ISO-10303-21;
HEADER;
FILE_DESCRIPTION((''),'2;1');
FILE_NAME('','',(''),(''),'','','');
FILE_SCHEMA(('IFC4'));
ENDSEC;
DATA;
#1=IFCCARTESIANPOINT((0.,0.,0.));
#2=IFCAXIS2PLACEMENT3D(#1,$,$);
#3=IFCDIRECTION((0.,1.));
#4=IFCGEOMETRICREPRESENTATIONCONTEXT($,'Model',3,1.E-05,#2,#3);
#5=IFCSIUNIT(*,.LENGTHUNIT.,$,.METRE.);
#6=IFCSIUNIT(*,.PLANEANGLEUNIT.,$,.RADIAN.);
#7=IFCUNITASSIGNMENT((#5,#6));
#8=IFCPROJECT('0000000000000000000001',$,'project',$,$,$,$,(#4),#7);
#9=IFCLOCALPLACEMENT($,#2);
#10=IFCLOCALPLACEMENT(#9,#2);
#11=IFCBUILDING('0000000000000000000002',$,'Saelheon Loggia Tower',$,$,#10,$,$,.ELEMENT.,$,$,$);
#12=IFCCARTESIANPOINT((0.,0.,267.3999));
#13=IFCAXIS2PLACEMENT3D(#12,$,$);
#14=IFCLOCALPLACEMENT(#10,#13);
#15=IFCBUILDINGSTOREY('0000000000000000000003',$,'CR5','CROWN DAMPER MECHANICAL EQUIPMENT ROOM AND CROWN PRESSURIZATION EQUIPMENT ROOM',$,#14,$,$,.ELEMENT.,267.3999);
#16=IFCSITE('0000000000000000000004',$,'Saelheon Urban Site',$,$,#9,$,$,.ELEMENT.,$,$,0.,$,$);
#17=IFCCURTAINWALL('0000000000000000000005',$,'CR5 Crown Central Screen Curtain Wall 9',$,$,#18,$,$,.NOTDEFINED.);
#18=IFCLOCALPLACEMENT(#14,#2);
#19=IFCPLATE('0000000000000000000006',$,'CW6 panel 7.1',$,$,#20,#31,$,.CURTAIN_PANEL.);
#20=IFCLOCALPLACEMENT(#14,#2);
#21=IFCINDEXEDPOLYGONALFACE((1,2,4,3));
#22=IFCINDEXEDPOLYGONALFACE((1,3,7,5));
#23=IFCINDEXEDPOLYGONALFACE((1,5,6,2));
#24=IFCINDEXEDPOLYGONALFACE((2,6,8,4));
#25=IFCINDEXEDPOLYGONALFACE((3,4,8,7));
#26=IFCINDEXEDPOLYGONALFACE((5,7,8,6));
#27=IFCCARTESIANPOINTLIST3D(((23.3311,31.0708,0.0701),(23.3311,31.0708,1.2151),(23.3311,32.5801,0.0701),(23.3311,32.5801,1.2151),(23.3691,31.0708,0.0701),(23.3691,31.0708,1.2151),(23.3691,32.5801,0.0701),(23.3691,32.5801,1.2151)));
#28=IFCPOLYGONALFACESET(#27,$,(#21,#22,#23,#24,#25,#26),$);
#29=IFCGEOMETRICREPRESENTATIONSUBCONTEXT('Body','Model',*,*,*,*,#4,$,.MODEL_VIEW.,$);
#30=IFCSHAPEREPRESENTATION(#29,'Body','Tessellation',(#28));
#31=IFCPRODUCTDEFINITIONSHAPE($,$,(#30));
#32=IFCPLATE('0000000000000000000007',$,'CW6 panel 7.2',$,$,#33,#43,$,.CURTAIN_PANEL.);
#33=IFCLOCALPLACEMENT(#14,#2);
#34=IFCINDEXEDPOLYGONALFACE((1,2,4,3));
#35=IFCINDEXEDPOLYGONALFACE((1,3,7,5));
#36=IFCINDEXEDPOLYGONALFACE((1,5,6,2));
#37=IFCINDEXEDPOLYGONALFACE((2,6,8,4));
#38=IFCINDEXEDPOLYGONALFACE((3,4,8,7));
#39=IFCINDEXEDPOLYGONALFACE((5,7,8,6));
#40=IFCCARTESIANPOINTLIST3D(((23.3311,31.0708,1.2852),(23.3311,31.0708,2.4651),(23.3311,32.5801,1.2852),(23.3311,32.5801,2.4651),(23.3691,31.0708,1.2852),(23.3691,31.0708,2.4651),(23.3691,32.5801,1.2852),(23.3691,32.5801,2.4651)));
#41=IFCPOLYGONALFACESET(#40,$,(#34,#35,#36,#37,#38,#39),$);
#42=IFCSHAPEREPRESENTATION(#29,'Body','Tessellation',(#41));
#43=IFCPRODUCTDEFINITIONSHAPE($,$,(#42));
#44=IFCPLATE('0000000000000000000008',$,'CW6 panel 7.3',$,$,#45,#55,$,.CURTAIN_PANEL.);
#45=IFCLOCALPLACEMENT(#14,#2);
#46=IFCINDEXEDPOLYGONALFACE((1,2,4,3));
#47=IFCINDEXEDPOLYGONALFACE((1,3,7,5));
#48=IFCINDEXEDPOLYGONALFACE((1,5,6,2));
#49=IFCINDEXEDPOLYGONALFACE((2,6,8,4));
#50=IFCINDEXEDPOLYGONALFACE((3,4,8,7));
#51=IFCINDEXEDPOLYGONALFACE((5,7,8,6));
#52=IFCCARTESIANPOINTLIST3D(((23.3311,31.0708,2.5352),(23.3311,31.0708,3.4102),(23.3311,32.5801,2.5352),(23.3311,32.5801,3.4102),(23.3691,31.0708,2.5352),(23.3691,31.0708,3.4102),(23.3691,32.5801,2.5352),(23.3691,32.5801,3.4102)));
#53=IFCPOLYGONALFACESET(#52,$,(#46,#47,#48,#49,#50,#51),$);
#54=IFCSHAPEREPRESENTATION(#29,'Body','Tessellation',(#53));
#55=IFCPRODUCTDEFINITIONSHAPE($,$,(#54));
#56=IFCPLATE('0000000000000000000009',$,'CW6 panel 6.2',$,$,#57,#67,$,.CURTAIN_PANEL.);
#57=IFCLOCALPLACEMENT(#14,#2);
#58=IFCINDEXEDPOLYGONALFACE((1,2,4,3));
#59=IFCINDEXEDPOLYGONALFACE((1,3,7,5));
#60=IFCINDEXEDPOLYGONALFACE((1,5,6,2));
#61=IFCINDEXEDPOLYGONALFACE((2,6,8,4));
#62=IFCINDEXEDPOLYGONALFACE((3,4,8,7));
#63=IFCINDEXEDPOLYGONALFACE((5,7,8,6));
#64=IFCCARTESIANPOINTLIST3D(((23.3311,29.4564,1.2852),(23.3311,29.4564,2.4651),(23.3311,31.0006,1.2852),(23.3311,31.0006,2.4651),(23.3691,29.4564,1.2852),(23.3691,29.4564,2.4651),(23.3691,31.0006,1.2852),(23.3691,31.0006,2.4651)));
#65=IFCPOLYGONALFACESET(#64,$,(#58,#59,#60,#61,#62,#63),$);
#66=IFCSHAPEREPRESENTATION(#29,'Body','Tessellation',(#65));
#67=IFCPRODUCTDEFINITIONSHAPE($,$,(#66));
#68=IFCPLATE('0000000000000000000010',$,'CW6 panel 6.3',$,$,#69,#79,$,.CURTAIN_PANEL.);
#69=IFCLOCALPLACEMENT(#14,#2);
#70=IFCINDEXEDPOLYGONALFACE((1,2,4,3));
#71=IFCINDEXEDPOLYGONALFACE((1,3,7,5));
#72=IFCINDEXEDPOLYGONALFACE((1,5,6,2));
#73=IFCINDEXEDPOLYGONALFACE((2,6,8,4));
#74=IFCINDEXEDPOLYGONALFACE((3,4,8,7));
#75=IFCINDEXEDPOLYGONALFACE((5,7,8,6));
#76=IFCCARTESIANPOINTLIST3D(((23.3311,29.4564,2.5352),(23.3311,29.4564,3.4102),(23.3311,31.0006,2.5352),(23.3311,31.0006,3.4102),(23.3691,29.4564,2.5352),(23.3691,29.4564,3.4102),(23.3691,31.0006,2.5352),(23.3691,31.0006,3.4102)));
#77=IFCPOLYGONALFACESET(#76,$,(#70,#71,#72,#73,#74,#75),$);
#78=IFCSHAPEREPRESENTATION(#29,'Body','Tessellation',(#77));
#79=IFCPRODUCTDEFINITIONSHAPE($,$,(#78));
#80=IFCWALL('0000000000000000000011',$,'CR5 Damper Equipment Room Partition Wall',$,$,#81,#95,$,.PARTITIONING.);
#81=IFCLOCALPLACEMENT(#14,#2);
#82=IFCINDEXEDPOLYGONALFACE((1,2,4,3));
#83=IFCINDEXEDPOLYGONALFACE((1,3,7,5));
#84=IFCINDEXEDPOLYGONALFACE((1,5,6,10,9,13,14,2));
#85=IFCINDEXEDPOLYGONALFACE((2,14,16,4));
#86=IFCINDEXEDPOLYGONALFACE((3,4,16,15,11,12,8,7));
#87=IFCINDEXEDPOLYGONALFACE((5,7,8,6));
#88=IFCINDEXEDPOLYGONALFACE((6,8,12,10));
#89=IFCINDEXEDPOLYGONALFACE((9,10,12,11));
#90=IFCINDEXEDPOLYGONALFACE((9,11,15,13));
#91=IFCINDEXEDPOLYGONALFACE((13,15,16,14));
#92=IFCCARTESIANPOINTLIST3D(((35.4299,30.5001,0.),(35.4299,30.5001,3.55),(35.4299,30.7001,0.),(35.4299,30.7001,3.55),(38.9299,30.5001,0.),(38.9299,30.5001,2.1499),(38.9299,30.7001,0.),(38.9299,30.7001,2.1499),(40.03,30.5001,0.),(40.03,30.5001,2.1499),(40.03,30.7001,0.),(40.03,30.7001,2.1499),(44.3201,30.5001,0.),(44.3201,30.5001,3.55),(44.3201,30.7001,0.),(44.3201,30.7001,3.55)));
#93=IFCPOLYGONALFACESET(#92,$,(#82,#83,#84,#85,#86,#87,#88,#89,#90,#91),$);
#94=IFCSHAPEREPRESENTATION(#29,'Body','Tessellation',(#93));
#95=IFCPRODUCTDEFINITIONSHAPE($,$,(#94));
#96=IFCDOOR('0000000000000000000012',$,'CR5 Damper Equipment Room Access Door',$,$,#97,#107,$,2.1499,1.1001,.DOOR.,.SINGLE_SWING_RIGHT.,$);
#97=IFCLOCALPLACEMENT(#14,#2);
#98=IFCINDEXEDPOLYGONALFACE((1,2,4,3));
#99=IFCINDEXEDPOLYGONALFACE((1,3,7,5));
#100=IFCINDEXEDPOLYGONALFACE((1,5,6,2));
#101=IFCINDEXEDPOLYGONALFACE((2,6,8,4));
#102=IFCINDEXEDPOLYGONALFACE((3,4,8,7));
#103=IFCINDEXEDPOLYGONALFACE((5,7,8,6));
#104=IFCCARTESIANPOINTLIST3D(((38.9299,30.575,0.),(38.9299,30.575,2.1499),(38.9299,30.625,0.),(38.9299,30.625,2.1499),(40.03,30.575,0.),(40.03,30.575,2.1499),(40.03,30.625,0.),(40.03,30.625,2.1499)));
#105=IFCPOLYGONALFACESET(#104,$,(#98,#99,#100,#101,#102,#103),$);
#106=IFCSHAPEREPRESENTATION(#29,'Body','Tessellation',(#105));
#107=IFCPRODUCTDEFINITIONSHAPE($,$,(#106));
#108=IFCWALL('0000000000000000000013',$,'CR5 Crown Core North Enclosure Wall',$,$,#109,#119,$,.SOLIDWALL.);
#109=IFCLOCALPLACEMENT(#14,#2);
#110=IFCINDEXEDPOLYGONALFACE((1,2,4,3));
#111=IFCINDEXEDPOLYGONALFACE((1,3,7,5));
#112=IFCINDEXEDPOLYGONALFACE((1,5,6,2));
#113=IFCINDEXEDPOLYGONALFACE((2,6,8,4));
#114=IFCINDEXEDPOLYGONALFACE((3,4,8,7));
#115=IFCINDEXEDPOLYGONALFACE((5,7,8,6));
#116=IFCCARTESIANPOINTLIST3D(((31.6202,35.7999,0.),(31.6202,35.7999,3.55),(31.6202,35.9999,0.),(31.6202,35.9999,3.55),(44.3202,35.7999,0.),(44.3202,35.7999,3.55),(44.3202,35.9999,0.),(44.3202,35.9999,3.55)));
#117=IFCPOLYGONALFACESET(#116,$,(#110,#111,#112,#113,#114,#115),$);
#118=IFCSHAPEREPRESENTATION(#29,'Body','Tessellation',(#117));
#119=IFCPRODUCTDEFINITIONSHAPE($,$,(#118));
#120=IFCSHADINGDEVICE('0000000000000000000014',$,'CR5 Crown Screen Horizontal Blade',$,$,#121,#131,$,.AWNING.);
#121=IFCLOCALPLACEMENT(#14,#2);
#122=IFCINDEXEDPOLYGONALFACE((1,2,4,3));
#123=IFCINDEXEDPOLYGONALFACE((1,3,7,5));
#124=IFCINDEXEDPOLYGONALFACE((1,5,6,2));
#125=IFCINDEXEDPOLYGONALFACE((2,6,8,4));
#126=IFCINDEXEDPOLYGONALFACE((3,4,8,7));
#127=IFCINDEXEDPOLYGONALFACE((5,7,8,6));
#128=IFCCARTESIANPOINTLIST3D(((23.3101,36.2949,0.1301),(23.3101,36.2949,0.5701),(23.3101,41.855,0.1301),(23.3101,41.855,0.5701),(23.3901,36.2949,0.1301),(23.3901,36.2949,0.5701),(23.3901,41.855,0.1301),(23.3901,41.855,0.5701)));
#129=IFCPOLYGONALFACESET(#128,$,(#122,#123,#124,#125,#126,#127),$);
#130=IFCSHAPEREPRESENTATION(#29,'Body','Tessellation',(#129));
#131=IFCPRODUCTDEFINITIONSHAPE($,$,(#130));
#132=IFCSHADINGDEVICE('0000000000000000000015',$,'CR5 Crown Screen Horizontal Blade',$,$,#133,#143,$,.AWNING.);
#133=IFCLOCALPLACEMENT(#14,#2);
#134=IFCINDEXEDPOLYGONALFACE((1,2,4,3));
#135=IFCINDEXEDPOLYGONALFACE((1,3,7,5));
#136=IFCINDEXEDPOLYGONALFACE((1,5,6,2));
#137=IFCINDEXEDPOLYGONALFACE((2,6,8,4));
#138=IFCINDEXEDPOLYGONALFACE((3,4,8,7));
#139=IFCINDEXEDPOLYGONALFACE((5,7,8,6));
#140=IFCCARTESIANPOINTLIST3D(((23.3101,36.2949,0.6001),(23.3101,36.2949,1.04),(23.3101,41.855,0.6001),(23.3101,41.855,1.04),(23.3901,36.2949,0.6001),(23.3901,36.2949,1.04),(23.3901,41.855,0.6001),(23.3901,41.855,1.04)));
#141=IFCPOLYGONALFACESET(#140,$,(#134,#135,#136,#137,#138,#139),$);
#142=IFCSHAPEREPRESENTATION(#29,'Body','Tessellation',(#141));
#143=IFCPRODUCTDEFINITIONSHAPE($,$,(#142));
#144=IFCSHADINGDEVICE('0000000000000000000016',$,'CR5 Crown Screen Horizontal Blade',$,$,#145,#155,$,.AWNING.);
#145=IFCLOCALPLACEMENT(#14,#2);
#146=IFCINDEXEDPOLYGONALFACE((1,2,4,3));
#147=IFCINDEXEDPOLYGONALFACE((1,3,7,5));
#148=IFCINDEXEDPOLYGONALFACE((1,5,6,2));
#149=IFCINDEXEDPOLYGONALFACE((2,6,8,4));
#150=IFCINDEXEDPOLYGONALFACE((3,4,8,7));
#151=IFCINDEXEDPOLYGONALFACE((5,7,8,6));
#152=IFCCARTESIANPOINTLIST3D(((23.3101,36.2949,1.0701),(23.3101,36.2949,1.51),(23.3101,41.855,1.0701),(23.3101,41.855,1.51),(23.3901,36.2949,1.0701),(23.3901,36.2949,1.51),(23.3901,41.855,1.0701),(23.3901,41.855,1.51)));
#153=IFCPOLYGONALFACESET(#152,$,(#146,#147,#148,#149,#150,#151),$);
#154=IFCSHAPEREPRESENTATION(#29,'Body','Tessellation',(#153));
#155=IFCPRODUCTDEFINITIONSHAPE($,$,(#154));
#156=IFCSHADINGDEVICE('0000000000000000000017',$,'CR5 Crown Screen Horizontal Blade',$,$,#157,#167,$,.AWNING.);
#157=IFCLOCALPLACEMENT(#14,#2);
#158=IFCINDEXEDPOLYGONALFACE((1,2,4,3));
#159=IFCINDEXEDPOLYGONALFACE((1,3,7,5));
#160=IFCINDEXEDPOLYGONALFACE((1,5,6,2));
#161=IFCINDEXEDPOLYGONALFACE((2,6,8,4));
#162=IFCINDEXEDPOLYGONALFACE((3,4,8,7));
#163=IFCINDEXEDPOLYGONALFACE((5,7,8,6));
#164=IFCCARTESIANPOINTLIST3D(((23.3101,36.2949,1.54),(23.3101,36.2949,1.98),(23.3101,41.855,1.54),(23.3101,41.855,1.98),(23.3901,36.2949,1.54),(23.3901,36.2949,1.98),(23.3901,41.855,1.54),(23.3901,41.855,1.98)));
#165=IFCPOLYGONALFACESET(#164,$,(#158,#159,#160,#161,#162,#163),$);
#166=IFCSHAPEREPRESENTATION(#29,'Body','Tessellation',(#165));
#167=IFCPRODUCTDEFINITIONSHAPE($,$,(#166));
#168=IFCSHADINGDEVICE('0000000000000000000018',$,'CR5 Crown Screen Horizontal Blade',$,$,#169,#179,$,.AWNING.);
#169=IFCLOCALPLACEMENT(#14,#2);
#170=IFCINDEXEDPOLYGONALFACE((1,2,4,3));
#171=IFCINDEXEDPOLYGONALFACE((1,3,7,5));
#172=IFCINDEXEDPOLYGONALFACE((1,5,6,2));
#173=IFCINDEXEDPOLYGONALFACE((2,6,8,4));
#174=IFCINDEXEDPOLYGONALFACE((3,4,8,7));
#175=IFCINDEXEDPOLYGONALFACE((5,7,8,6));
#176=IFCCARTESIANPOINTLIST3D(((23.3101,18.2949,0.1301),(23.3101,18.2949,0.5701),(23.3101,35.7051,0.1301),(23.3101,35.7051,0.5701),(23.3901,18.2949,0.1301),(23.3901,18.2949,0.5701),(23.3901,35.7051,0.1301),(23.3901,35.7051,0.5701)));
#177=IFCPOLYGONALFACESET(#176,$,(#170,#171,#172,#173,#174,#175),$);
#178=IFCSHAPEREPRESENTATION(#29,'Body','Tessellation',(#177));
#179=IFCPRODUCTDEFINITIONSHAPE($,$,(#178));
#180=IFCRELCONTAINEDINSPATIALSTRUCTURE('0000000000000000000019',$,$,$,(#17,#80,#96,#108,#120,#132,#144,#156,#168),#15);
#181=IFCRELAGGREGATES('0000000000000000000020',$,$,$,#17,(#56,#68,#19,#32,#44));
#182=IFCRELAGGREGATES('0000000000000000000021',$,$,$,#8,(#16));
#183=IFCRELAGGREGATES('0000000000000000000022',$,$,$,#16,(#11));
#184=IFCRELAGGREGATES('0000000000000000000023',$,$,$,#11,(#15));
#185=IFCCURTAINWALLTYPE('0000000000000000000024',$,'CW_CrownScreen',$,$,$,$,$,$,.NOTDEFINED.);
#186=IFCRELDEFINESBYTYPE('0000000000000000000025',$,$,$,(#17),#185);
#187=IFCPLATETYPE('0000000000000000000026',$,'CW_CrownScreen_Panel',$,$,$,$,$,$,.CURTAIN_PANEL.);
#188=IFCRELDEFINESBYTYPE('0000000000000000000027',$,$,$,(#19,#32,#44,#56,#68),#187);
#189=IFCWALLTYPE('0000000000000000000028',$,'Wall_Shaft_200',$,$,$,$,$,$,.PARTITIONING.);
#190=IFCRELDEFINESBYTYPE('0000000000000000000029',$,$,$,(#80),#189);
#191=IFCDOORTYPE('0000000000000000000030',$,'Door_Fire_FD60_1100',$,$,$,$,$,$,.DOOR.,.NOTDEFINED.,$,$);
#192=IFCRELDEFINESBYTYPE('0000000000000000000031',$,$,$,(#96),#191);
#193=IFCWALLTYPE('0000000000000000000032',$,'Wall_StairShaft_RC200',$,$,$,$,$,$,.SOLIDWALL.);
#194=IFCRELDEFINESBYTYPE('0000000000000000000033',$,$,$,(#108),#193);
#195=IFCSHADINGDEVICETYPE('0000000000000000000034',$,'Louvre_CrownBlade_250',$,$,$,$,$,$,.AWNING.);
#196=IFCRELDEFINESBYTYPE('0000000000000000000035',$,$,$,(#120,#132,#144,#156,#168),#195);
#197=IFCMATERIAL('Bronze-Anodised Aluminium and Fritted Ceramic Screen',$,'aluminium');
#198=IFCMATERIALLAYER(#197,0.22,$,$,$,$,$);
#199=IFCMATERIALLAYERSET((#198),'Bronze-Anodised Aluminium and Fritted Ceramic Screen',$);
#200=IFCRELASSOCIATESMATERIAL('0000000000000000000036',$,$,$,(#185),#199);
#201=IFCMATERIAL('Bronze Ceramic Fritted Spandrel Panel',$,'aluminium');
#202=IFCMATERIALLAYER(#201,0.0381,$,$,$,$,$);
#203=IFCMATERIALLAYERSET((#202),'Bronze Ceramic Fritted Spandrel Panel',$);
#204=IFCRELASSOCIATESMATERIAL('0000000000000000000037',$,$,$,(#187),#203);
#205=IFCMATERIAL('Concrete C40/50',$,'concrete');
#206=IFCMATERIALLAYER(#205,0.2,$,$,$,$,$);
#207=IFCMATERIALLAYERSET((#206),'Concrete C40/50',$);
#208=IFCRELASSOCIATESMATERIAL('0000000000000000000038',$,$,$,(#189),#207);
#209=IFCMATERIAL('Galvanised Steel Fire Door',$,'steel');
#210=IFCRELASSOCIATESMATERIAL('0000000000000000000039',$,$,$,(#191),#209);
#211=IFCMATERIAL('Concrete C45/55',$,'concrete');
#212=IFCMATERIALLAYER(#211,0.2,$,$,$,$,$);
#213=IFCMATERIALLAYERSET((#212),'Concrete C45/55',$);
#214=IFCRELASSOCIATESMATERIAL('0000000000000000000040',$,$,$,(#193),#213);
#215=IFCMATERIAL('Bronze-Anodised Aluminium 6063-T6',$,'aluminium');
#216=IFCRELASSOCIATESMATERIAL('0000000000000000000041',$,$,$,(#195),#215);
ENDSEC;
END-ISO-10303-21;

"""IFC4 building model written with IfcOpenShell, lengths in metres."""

from ifc_helpers import new_model, si_unit, direction, frame, frame_2d, origin, origin_2d, place, context, subcontext, project, spatial, rectangle, extrude, source, transform, mapped, material, layer, layer_set, material_profile, profile_set, type_object, element, fill, aggregate, save


model = new_model("IFC4")

# Units and contexts
model_context = context("Model", 3, precision=1e-05, world=origin(), true_north=direction((0.0, 1.0)))
body_context = subcontext(model_context, "Body", "Model", "MODEL_VIEW")
ifc_project = project(units=[si_unit("LENGTHUNIT", "METRE"), si_unit("PLANEANGLEUNIT", "RADIAN")], contexts=[model_context])

# Site, building, storey
site_placement = place(None, origin())
site = spatial("IfcSite", under=ifc_project, at=site_placement, Name="Saelheon Urban Site", CompositionType="ELEMENT", RefElevation=0.0)
building_placement = place(site_placement, origin())
building = spatial("IfcBuilding", under=site, at=building_placement, Name="Saelheon Loggia Tower", CompositionType="ELEMENT")
storey_placement = place(building_placement, frame((0.0, 0.0, 267.3999)))
storey = spatial("IfcBuildingStorey", under=building, at=storey_placement, Name="CR5", Description="CROWN DAMPER MECHANICAL EQUIPMENT ROOM AND CROWN PRESSURIZATION EQUIPMENT ROOM", CompositionType="ELEMENT", Elevation=267.3999)

# Curtain wall, plates
ifc_material_1 = material(Name="Bronze-Anodised Aluminium and Fritted Ceramic Screen", Category="aluminium")
ifc_layer_1 = layer(ifc_material_1, 0.22)
ifc_layer_set_1 = layer_set([ifc_layer_1], Name="Bronze-Anodised Aluminium and Fritted Ceramic Screen")
curtain_wall_type = type_object("IfcCurtainWallType", Name="CW_CrownScreen", PredefinedType="NOTDEFINED", material=ifc_layer_set_1)
curtain_wall_placement = place(storey_placement, origin())
curtain_wall = element("IfcCurtainWall", 1, at=curtain_wall_placement, inside=storey, type_object=curtain_wall_type, Name="CR5 Crown Central Screen Curtain Wall 9", PredefinedType="NOTDEFINED")
ifc_material_2 = material(Name="Bronze-Anodised Aluminium 6063-T6", Category="aluminium")
ifc_material_3 = material(Name="Bronze Ceramic Fritted Spandrel Panel", Category="aluminium")
ifc_layer_2 = layer(ifc_material_3, 0.0381)
ifc_layer_set_2 = layer_set([ifc_layer_2], Name="Bronze Ceramic Fritted Spandrel Panel")
plate_type = type_object("IfcPlateType", Name="CW_CrownScreen_Panel", PredefinedType="CURTAIN_PANEL", material=ifc_layer_set_2)
shared_shape_1 = source(origin(), body_context, "Body", "SweptSolid", [
    extrude(rectangle(XDim=1.5093, YDim=0.0381, at=origin_2d()), origin(), (0.0, 0.0, 1.0), 1.145),
])
plate_1_placement = place(storey_placement, frame((23.3501, 31.8254, 0.0701), z_axis=(0.0, 0.0, 1.0), x_axis=(0.0, 1.0, 0.0)))
plate_1 = element("IfcPlate", 2, at=plate_1_placement, type_object=plate_type, Name="CW6 panel 7.1", PredefinedType="CURTAIN_PANEL", context=body_context, shape_type="MappedRepresentation", body=[
    mapped(shared_shape_1, transform((0.0, 0.0, 0.0), scale=1.0)),
])
shared_shape_2 = source(origin(), body_context, "Body", "SweptSolid", [
    extrude(rectangle(XDim=1.5093, YDim=0.0381, at=origin_2d()), origin(), (0.0, 0.0, 1.0), 1.1799),
])
plate_2_placement = place(storey_placement, frame((23.3501, 31.8254, 1.2852), z_axis=(0.0, 0.0, 1.0), x_axis=(0.0, 1.0, 0.0)))
plate_2 = element("IfcPlate", 3, at=plate_2_placement, type_object=plate_type, Name="CW6 panel 7.2", PredefinedType="CURTAIN_PANEL", context=body_context, shape_type="MappedRepresentation", body=[
    mapped(shared_shape_2, transform((0.0, 0.0, 0.0), scale=1.0)),
])
shared_shape_3 = source(origin(), body_context, "Body", "SweptSolid", [
    extrude(rectangle(XDim=1.5093, YDim=0.0381, at=origin_2d()), origin(), (0.0, 0.0, 1.0), 0.875),
])
plate_3_placement = place(storey_placement, frame((23.3501, 31.8254, 2.5352), z_axis=(0.0, 0.0, 1.0), x_axis=(0.0, 1.0, 0.0)))
plate_3 = element("IfcPlate", 4, at=plate_3_placement, type_object=plate_type, Name="CW6 panel 7.3", PredefinedType="CURTAIN_PANEL", context=body_context, shape_type="MappedRepresentation", body=[
    mapped(shared_shape_3, transform((0.0, 0.0, 0.0), scale=1.0)),
])
shared_shape_4 = source(origin(), body_context, "Body", "SweptSolid", [
    extrude(rectangle(XDim=1.5442, YDim=0.0381, at=origin_2d()), origin(), (0.0, 0.0, 1.0), 1.1799),
])
plate_4_placement = place(storey_placement, frame((23.3501, 30.2285, 1.2852), z_axis=(0.0, 0.0, 1.0), x_axis=(0.0, 1.0, 0.0)))
plate_4 = element("IfcPlate", 5, at=plate_4_placement, type_object=plate_type, Name="CW6 panel 6.2", PredefinedType="CURTAIN_PANEL", context=body_context, shape_type="MappedRepresentation", body=[
    mapped(shared_shape_4, transform((0.0, 0.0, 0.0), scale=1.0)),
])
shared_shape_5 = source(origin(), body_context, "Body", "SweptSolid", [
    extrude(rectangle(XDim=1.5442, YDim=0.0381, at=origin_2d()), origin(), (0.0, 0.0, 1.0), 0.875),
])
plate_5_placement = place(storey_placement, frame((23.3501, 30.2285, 2.5352), z_axis=(0.0, 0.0, 1.0), x_axis=(0.0, 1.0, 0.0)))
plate_5 = element("IfcPlate", 6, at=plate_5_placement, type_object=plate_type, Name="CW6 panel 6.3", PredefinedType="CURTAIN_PANEL", context=body_context, shape_type="MappedRepresentation", body=[
    mapped(shared_shape_5, transform((0.0, 0.0, 0.0), scale=1.0)),
])
aggregate(curtain_wall, [plate_4, plate_5, plate_1, plate_2, plate_3])

# Wall, opening, door
ifc_material_4 = material(Name="Concrete C40/50", Category="concrete")
ifc_layer_3 = layer(ifc_material_4, 0.2)
ifc_layer_set_3 = layer_set([ifc_layer_3], Name="Concrete C40/50")
wall_type_1 = type_object("IfcWallType", Name="Wall_Shaft_200", PredefinedType="PARTITIONING", material=ifc_layer_set_3)
wall_1_placement = place(storey_placement, frame((35.4299, 30.6001, 0.0), z_axis=(0.0, 0.0, 1.0), x_axis=(1.0, 0.0, 0.0)))
wall_1 = element("IfcWall", 7, at=wall_1_placement, inside=storey, type_object=wall_type_1, Name="CR5 Damper Equipment Room Partition Wall", PredefinedType="PARTITIONING", context=body_context, shape_type="SweptSolid", body=[
    extrude(rectangle(XDim=8.8901, YDim=0.2, at=frame_2d((4.4451, 0.0))), origin(), (0.0, 0.0, 1.0), 3.55),
])
opening_placement = place(wall_1_placement, frame((3.5, 0.0, 0.0)))
opening = element("IfcOpeningElement", 8, at=opening_placement, cuts=wall_1, PredefinedType="OPENING", context=body_context, shape_type="SweptSolid", body=[
    extrude(rectangle(XDim=1.1001, YDim=2.1499, at=frame_2d((0.55, 1.075))), frame((0.0, 0.1121, 0.0), z_axis=(0.0, -1.0, 0.0), x_axis=(1.0, 0.0, 0.0)), (0.0, 0.0, 1.0), 0.2239),
])
ifc_material_5 = material(Name="Galvanised Steel Fire Door", Category="steel")
door_type = type_object("IfcDoorType", Name="Door_Fire_FD60_1100", OperationType="NOTDEFINED", PredefinedType="DOOR", material=ifc_material_5)
shared_shape_6 = source(origin(), body_context, "Body", "SweptSolid", [
    extrude(rectangle(XDim=1.1001, YDim=2.1499, at=frame_2d((0.55, 1.075))), frame((0.0, 0.0249, 0.0), z_axis=(0.0, -1.0, 0.0), x_axis=(1.0, 0.0, 0.0)), (0.0, 0.0, 1.0), 0.05),
])
door_placement = place(opening_placement, origin())
door = element("IfcDoor", 9, at=door_placement, inside=storey, type_object=door_type, Name="CR5 Damper Equipment Room Access Door", OperationType="SINGLE_SWING_RIGHT", OverallHeight=2.1499, OverallWidth=1.1001, PredefinedType="DOOR", context=body_context, shape_type="MappedRepresentation", body=[
    mapped(shared_shape_6, transform((0.0, 0.0, 0.0), scale=1.0)),
])
fill(opening, door)

# Wall
ifc_material_6 = material(Name="Concrete C45/55", Category="concrete")
ifc_layer_4 = layer(ifc_material_6, 0.2)
ifc_layer_set_4 = layer_set([ifc_layer_4], Name="Concrete C45/55")
wall_type_2 = type_object("IfcWallType", Name="Wall_StairShaft_RC200", PredefinedType="SOLIDWALL", material=ifc_layer_set_4)
wall_2_placement = place(storey_placement, frame((31.6201, 35.8999, 0.0), z_axis=(0.0, 0.0, 1.0), x_axis=(1.0, 0.0, 0.0)))
element("IfcWall", 10, at=wall_2_placement, inside=storey, type_object=wall_type_2, Name="CR5 Crown Core North Enclosure Wall", PredefinedType="SOLIDWALL", context=body_context, shape_type="SweptSolid", body=[
    extrude(rectangle(XDim=12.7, YDim=0.2, at=frame_2d((6.3501, 0.0))), origin(), (0.0, 0.0, 1.0), 3.55),
])

# Shading devices
ifc_material_profile_1 = material_profile(ifc_material_2, rectangle(XDim=0.0801, YDim=0.4399, at=origin_2d()), Name="Louvre_CrownBlade_250")
ifc_profile_set_1 = profile_set([ifc_material_profile_1], Name="Bronze-Anodised Aluminium 6063-T6")
shading_device_type = type_object("IfcShadingDeviceType", Name="Louvre_CrownBlade_250", PredefinedType="AWNING", material=ifc_profile_set_1)
shared_shape_7 = source(origin(), body_context, "Body", "SweptSolid", [
    extrude(rectangle(XDim=0.0801, YDim=0.4399, at=origin_2d()), origin(), (0.0, 0.0, 1.0), 5.5601),
])
for number, where, z_axis, x_axis, name in (
    (11, (23.3501, 41.855, 0.3501), (0.0, -1.0, 0.0), (1.0, 0.0, 0.0), "CR5 Crown Screen Horizontal Blade"),
    (12, (23.3501, 41.855, 0.8201), (0.0, -1.0, 0.0), (1.0, 0.0, 0.0), "CR5 Crown Screen Horizontal Blade"),
    (13, (23.3501, 41.855, 1.29), (0.0, -1.0, 0.0), (1.0, 0.0, 0.0), "CR5 Crown Screen Horizontal Blade"),
    (14, (23.3501, 41.855, 1.76), (0.0, -1.0, 0.0), (1.0, 0.0, 0.0), "CR5 Crown Screen Horizontal Blade"),
):
    element("IfcShadingDevice", number, at=place(storey_placement, frame(where, z_axis=z_axis, x_axis=x_axis)), inside=storey, type_object=shading_device_type, Name=name, PredefinedType="AWNING", context=body_context, shape_type="MappedRepresentation", body=[
        mapped(shared_shape_7, transform((0.0, 0.0, 0.0), scale=1.0)),
    ])
shared_shape_8 = source(origin(), body_context, "Body", "SweptSolid", [
    extrude(rectangle(XDim=0.0801, YDim=0.4399, at=origin_2d()), origin(), (0.0, 0.0, 1.0), 17.4102),
])
for number, where, z_axis, x_axis, name in (
    (15, (23.3501, 35.7051, 0.3501), (0.0, -1.0, 0.0), (1.0, 0.0, 0.0), "CR5 Crown Screen Horizontal Blade"),
):
    element("IfcShadingDevice", number, at=place(storey_placement, frame(where, z_axis=z_axis, x_axis=x_axis)), inside=storey, type_object=shading_device_type, Name=name, PredefinedType="AWNING", context=body_context, shape_type="MappedRepresentation", body=[
        mapped(shared_shape_8, transform((0.0, 0.0, 0.0), scale=1.0)),
    ])

save(model, "model.ifc")
